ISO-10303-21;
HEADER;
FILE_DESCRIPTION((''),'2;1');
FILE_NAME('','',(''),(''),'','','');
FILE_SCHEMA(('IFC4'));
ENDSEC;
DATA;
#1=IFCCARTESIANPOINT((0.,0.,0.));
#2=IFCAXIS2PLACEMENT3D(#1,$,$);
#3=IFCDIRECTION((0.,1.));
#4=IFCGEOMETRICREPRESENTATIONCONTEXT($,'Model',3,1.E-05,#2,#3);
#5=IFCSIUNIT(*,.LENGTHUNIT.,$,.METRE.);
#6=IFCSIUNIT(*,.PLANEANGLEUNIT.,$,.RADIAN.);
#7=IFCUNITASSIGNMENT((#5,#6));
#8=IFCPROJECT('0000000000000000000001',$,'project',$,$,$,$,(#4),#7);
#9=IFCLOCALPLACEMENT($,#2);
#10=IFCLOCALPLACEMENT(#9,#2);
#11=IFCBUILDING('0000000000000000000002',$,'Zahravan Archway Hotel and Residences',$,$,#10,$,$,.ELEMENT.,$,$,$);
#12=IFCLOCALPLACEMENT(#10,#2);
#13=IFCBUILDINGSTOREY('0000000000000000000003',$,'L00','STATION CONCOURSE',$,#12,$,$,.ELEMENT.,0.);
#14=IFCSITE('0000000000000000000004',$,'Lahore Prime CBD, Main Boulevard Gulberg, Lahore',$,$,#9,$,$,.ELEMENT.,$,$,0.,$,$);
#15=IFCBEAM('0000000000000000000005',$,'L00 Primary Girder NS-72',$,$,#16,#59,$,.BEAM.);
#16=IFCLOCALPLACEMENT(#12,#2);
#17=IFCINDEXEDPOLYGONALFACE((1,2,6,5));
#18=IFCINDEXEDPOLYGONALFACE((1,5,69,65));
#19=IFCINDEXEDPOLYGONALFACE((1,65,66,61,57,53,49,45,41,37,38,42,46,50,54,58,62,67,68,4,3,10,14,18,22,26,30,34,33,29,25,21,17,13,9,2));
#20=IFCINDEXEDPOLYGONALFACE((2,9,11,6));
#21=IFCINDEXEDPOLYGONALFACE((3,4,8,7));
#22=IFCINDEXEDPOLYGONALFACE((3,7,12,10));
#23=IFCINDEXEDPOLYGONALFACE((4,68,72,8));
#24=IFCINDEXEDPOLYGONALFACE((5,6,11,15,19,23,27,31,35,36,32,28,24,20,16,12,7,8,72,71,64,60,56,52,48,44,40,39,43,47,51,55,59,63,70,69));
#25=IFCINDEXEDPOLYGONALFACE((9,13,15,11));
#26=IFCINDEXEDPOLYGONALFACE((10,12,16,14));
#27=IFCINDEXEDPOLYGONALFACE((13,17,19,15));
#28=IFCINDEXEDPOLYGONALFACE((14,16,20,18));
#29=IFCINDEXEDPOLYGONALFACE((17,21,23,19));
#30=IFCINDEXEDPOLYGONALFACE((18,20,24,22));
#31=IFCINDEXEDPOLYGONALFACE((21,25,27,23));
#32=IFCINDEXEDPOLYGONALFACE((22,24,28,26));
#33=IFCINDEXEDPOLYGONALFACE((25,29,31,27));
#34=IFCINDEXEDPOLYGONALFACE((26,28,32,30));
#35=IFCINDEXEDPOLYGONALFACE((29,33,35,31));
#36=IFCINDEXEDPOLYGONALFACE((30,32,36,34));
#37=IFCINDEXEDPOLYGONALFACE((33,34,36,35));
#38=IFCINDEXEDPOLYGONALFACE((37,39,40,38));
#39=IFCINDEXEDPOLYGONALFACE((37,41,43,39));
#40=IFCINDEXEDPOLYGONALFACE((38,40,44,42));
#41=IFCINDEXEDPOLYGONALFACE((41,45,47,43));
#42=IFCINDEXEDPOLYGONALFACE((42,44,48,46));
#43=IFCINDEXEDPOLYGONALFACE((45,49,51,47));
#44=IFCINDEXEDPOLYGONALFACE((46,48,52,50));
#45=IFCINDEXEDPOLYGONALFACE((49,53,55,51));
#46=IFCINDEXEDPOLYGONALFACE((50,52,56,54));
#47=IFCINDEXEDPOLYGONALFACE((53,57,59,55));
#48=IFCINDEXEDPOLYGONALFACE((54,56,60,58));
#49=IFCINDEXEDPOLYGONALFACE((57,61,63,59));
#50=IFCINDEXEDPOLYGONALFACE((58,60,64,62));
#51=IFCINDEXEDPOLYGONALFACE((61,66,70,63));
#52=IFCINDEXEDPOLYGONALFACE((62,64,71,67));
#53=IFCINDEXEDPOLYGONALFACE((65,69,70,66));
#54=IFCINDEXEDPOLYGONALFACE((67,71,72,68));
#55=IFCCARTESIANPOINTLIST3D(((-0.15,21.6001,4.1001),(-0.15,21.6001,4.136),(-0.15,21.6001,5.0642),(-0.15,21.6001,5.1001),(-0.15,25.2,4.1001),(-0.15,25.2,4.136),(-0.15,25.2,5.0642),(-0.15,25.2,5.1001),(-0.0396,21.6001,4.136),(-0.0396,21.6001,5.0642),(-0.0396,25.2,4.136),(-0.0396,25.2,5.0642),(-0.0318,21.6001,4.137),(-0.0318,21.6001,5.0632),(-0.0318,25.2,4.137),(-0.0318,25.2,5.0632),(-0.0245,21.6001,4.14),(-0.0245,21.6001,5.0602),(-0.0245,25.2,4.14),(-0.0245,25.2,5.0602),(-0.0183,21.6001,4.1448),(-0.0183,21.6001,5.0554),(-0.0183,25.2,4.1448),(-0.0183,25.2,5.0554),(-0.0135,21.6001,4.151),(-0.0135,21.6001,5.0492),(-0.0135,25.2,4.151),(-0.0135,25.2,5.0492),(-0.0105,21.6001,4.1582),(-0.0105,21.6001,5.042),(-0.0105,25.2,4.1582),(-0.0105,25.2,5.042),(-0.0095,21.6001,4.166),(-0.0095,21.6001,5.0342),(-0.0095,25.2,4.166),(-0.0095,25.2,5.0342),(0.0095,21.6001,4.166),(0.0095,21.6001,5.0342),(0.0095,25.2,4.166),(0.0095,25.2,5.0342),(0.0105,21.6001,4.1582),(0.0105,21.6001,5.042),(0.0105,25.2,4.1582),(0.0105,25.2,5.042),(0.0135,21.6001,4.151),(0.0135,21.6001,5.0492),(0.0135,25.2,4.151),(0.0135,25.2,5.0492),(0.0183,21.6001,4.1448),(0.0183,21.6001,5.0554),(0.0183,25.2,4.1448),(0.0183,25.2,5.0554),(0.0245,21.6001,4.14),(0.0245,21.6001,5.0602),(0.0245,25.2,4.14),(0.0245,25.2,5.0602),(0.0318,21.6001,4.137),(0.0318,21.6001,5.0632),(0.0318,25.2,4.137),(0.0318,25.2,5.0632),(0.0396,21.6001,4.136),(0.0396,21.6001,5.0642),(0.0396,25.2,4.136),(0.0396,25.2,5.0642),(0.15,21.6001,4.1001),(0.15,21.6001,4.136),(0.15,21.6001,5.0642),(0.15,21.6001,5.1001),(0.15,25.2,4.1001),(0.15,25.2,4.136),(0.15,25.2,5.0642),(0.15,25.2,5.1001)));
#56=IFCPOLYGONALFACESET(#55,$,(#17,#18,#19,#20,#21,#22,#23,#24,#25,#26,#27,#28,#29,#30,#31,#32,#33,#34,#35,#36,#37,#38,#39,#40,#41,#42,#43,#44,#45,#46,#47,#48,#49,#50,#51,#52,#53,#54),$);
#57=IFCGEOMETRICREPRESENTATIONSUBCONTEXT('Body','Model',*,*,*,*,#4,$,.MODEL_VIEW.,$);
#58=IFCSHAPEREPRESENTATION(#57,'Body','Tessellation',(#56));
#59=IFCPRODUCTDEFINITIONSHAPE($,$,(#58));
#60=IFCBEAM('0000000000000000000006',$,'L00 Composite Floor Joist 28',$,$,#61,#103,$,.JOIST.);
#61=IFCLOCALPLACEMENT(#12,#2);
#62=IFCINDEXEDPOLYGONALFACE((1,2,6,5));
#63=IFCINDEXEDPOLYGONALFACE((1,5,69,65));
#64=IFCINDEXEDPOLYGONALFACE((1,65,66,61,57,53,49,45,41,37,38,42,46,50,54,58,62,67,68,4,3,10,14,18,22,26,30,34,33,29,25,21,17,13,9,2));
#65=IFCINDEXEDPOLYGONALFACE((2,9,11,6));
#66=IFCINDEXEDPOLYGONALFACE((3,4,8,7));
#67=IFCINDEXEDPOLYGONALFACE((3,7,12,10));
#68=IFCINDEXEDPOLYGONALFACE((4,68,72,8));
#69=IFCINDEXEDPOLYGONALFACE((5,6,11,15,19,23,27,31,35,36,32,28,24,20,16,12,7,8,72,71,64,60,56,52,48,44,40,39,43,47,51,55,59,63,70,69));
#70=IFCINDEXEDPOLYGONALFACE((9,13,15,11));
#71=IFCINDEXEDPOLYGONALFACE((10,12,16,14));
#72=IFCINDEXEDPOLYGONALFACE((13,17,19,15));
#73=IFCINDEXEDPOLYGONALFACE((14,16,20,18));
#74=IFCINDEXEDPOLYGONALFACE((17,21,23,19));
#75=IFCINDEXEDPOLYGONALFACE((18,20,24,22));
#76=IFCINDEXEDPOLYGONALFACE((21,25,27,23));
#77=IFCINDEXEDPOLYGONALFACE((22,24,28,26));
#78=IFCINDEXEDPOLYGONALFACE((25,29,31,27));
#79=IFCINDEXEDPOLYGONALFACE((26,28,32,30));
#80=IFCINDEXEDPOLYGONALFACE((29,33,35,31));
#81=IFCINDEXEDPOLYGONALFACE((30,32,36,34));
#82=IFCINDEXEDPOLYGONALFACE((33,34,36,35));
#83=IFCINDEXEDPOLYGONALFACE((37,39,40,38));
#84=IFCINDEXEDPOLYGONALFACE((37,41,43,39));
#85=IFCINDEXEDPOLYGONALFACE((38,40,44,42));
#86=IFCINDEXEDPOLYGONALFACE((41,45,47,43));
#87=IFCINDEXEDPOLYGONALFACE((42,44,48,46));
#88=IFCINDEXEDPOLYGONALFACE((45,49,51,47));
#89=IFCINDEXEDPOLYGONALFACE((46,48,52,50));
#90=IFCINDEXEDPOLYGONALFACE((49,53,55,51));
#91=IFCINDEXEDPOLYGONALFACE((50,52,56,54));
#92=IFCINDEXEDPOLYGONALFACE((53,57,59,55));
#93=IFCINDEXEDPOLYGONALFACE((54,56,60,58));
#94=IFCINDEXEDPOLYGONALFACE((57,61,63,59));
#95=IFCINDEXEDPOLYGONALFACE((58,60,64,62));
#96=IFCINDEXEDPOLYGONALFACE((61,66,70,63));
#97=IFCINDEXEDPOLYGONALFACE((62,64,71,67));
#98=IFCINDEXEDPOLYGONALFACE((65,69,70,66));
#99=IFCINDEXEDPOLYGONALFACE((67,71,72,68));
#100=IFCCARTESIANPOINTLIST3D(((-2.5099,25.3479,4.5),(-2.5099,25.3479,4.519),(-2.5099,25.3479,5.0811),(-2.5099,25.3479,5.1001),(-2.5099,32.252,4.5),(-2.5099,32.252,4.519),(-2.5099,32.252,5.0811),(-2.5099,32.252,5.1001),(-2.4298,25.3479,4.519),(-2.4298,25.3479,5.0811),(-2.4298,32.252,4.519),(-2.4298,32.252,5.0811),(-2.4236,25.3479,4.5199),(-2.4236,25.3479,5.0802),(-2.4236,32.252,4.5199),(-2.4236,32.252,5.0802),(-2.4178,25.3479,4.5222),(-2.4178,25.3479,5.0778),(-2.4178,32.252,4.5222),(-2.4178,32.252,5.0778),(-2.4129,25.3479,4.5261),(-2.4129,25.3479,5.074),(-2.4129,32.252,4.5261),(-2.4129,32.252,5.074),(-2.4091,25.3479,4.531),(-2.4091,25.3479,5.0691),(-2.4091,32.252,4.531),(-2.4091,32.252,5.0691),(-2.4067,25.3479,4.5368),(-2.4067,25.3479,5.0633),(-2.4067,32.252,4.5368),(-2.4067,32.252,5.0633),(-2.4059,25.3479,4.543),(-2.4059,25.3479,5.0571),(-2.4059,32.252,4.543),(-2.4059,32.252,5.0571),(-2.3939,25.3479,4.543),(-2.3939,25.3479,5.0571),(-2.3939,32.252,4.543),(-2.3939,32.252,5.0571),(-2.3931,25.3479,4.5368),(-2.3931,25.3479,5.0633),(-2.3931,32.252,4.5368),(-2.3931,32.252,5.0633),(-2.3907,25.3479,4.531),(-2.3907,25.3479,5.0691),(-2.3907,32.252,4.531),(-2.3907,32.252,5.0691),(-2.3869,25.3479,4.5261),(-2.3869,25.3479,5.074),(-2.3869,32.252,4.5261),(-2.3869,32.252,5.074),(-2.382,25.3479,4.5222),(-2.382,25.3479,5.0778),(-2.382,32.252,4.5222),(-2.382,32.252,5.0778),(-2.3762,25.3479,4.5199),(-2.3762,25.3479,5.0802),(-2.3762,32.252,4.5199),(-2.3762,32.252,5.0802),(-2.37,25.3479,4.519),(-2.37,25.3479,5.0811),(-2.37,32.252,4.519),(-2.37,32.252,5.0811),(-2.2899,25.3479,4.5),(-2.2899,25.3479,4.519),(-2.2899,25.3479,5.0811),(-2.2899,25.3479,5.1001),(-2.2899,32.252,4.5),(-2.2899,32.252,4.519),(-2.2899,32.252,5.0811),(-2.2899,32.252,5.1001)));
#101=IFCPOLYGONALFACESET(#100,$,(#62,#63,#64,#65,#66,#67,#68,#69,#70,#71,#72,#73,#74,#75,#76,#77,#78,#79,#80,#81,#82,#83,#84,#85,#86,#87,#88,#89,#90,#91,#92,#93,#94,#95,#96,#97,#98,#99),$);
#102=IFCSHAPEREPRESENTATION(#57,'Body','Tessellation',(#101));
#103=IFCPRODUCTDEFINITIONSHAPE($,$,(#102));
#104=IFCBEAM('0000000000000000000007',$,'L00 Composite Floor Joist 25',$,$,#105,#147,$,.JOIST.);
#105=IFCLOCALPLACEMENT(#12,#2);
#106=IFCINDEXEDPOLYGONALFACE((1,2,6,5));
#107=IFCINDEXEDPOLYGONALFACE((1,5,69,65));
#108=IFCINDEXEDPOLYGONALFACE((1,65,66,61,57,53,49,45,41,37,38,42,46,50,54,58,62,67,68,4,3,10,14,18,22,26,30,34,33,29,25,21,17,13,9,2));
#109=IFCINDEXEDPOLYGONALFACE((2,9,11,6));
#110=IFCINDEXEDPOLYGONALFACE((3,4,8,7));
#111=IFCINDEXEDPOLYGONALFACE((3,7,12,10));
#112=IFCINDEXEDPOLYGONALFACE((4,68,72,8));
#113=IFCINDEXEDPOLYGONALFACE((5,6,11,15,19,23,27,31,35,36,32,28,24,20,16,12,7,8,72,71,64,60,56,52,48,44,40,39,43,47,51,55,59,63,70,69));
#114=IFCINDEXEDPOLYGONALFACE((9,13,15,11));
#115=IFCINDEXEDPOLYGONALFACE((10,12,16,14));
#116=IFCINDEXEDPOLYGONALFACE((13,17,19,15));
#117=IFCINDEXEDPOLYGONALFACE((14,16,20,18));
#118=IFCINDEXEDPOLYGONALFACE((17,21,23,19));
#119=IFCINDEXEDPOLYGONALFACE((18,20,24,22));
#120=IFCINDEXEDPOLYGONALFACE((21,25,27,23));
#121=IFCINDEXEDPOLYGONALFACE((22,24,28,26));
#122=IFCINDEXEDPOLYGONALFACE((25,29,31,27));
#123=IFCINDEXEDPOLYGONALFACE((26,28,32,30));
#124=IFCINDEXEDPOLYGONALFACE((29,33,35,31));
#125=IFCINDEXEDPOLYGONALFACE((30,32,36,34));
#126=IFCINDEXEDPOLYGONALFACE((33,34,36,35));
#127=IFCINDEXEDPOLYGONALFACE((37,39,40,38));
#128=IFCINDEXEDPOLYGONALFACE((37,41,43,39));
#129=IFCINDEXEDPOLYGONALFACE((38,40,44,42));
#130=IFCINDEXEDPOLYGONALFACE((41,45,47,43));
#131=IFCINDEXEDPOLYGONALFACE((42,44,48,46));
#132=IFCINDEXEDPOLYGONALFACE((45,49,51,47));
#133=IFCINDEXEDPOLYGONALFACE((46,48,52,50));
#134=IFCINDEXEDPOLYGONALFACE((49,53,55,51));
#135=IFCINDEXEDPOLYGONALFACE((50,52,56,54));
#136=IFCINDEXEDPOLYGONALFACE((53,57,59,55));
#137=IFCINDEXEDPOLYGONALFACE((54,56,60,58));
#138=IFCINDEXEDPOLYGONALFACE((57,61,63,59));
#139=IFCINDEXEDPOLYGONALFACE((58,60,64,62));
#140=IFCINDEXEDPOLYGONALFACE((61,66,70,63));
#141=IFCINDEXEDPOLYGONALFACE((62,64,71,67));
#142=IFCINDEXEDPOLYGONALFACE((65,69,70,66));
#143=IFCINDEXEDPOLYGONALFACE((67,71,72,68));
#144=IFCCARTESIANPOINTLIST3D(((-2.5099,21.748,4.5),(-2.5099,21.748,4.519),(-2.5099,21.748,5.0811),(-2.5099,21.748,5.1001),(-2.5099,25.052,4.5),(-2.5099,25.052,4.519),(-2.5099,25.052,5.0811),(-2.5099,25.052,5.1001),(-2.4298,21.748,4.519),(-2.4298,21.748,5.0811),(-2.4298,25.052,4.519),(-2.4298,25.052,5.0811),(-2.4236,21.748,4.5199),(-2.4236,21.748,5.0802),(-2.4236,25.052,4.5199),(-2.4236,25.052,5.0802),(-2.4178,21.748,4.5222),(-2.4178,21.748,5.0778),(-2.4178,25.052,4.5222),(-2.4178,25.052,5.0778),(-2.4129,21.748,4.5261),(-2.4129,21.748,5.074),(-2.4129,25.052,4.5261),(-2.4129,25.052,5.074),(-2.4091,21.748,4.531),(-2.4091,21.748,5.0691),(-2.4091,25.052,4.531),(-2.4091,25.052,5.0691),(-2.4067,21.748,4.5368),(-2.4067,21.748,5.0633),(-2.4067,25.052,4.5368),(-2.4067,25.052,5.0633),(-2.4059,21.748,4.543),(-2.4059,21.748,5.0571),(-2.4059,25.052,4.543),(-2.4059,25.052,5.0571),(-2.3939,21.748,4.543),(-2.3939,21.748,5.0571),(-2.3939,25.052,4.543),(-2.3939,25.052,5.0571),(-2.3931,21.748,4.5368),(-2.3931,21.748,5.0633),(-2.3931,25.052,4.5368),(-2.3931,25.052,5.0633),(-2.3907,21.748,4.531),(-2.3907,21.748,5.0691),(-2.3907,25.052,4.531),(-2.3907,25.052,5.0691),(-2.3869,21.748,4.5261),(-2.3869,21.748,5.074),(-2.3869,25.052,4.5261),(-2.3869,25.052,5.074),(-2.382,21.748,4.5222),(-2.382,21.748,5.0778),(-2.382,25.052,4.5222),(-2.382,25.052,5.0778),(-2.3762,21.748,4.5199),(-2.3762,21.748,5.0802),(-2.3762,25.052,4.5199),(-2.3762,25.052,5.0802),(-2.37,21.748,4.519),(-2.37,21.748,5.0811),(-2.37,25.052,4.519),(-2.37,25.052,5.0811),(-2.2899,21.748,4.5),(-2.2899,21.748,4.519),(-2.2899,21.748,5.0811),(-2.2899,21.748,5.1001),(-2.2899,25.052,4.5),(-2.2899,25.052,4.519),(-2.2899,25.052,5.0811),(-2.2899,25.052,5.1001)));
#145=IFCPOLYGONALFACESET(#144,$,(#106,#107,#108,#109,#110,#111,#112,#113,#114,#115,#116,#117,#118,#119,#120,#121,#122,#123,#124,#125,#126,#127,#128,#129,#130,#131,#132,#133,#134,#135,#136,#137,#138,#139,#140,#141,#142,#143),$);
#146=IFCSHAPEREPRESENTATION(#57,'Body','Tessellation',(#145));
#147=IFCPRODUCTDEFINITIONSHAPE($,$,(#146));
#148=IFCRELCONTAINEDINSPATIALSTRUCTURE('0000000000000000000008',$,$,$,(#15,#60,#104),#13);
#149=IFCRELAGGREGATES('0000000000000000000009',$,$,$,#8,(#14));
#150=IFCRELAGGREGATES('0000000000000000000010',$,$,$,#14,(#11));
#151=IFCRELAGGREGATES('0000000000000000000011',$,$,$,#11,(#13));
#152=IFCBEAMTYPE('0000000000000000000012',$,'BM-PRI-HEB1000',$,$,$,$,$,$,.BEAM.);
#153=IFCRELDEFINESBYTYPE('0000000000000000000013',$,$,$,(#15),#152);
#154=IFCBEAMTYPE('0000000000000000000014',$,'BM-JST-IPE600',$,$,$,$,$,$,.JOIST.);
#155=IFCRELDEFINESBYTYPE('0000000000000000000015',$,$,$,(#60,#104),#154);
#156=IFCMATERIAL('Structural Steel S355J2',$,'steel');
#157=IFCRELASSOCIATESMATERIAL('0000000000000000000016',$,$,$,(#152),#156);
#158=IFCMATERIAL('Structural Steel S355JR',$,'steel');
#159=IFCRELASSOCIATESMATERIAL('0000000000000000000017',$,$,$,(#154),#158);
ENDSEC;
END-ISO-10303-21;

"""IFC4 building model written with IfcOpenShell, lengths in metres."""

from ifc_helpers import new_model, si_unit, direction, frame, origin, origin_2d, place, context, subcontext, project, spatial, i_section, extrude, source, transform, mapped, material, material_profile, profile_set, type_object, type_shapes, element, save


model = new_model("IFC4")

# Units and contexts
model_context = context("Model", 3, precision=1e-05, world=origin(), true_north=direction((0.0, 1.0)))
body_context = subcontext(model_context, "Body", "Model", "MODEL_VIEW")
ifc_project = project(units=[si_unit("LENGTHUNIT", "METRE"), si_unit("PLANEANGLEUNIT", "RADIAN")], contexts=[model_context])

# Site, building, storey
site_placement = place(None, origin())
site = spatial("IfcSite", under=ifc_project, at=site_placement, Name="Lahore Prime CBD, Main Boulevard Gulberg, Lahore", CompositionType="ELEMENT", RefElevation=0.0)
building_placement = place(site_placement, origin())
building = spatial("IfcBuilding", under=site, at=building_placement, Name="Zahravan Archway Hotel and Residences", CompositionType="ELEMENT")
storey_placement = place(building_placement, origin())
storey = spatial("IfcBuildingStorey", under=building, at=storey_placement, Name="L00", Description="STATION CONCOURSE", CompositionType="ELEMENT", Elevation=0.0)

# Beams
ifc_material_1 = material(Name="Structural Steel S355J2", Category="steel")
ifc_material_profile_1 = material_profile(ifc_material_1, i_section(OverallWidth=0.3, OverallDepth=1.0, WebThickness=0.019, FlangeThickness=0.0359, FilletRadius=0.03, at=origin_2d()), Name="HEB 1000", Category="steel")
ifc_profile_set_1 = profile_set([ifc_material_profile_1], Name="Structural Steel S355J2")
beam_type_1 = type_object("IfcBeamType", Name="BM-PRI-HEB1000", PredefinedType="BEAM", material=ifc_profile_set_1)
shared_shape_1 = source(origin(), body_context, "Body", "SweptSolid", [
    extrude(i_section(OverallWidth=0.3, OverallDepth=1.0, WebThickness=0.019, FlangeThickness=0.0359, FilletRadius=0.03, at=origin_2d()), origin(), (0.0, 0.0, 1.0), 3.5999),
])
for number, where, z_axis, x_axis, name in (
    (1, (0.0, 21.6001, 4.6001), (0.0, 1.0, 0.0), (-1.0, 0.0, 0.0), "L00 Primary Girder NS-72"),
):
    element("IfcBeam", number, at=place(storey_placement, frame(where, z_axis=z_axis, x_axis=x_axis)), inside=storey, type_object=beam_type_1, Name=name, PredefinedType="BEAM", context=body_context, shape_type="MappedRepresentation", body=[
        mapped(shared_shape_1, transform((0.0, 0.0, 0.0), scale=1.0)),
    ])
ifc_material_2 = material(Name="Structural Steel S355JR", Category="steel")
ifc_material_profile_2 = material_profile(ifc_material_2, i_section(OverallWidth=0.22, OverallDepth=0.6001, WebThickness=0.012, FlangeThickness=0.019, FilletRadius=0.0239, at=origin_2d()), Name="IPE 600", Category="steel")
ifc_profile_set_2 = profile_set([ifc_material_profile_2], Name="Structural Steel S355JR")
beam_type_2 = type_object("IfcBeamType", Name="BM-JST-IPE600", PredefinedType="JOIST", material=ifc_profile_set_2)
shared_shape_2 = source(origin(), body_context, "Body", "SweptSolid", [
    extrude(i_section(OverallWidth=0.22, OverallDepth=0.6001, WebThickness=0.012, FlangeThickness=0.019, FilletRadius=0.0239, at=origin_2d()), origin(), (0.0, 0.0, 1.0), 6.9041),
])
type_shapes(beam_type_2, [shared_shape_2])
beam_1_placement = place(storey_placement, frame((-2.3999, 25.3479, 4.8), z_axis=(0.0, 1.0, 0.0), x_axis=(-1.0, 0.0, 0.0)))
element("IfcBeam", 2, at=beam_1_placement, inside=storey, type_object=beam_type_2, Name="L00 Composite Floor Joist 28", PredefinedType="JOIST", context=body_context, shape_type="MappedRepresentation", body=[
    mapped(shared_shape_2, transform((0.0, 0.0, 0.0), scale=1.0)),
])
shared_shape_3 = source(origin(), body_context, "Body", "SweptSolid", [
    extrude(i_section(OverallWidth=0.22, OverallDepth=0.6001, WebThickness=0.012, FlangeThickness=0.019, FilletRadius=0.0239, at=origin_2d()), origin(), (0.0, 0.0, 1.0), 3.304),
])
beam_2_placement = place(storey_placement, frame((-2.3999, 21.748, 4.8), z_axis=(0.0, 1.0, 0.0), x_axis=(-1.0, 0.0, 0.0)))
element("IfcBeam", 3, at=beam_2_placement, inside=storey, type_object=beam_type_2, Name="L00 Composite Floor Joist 25", PredefinedType="JOIST", context=body_context, shape_type="MappedRepresentation", body=[
    mapped(shared_shape_3, transform((0.0, 0.0, 0.0), scale=1.0)),
])

save(model, "model.ifc")
